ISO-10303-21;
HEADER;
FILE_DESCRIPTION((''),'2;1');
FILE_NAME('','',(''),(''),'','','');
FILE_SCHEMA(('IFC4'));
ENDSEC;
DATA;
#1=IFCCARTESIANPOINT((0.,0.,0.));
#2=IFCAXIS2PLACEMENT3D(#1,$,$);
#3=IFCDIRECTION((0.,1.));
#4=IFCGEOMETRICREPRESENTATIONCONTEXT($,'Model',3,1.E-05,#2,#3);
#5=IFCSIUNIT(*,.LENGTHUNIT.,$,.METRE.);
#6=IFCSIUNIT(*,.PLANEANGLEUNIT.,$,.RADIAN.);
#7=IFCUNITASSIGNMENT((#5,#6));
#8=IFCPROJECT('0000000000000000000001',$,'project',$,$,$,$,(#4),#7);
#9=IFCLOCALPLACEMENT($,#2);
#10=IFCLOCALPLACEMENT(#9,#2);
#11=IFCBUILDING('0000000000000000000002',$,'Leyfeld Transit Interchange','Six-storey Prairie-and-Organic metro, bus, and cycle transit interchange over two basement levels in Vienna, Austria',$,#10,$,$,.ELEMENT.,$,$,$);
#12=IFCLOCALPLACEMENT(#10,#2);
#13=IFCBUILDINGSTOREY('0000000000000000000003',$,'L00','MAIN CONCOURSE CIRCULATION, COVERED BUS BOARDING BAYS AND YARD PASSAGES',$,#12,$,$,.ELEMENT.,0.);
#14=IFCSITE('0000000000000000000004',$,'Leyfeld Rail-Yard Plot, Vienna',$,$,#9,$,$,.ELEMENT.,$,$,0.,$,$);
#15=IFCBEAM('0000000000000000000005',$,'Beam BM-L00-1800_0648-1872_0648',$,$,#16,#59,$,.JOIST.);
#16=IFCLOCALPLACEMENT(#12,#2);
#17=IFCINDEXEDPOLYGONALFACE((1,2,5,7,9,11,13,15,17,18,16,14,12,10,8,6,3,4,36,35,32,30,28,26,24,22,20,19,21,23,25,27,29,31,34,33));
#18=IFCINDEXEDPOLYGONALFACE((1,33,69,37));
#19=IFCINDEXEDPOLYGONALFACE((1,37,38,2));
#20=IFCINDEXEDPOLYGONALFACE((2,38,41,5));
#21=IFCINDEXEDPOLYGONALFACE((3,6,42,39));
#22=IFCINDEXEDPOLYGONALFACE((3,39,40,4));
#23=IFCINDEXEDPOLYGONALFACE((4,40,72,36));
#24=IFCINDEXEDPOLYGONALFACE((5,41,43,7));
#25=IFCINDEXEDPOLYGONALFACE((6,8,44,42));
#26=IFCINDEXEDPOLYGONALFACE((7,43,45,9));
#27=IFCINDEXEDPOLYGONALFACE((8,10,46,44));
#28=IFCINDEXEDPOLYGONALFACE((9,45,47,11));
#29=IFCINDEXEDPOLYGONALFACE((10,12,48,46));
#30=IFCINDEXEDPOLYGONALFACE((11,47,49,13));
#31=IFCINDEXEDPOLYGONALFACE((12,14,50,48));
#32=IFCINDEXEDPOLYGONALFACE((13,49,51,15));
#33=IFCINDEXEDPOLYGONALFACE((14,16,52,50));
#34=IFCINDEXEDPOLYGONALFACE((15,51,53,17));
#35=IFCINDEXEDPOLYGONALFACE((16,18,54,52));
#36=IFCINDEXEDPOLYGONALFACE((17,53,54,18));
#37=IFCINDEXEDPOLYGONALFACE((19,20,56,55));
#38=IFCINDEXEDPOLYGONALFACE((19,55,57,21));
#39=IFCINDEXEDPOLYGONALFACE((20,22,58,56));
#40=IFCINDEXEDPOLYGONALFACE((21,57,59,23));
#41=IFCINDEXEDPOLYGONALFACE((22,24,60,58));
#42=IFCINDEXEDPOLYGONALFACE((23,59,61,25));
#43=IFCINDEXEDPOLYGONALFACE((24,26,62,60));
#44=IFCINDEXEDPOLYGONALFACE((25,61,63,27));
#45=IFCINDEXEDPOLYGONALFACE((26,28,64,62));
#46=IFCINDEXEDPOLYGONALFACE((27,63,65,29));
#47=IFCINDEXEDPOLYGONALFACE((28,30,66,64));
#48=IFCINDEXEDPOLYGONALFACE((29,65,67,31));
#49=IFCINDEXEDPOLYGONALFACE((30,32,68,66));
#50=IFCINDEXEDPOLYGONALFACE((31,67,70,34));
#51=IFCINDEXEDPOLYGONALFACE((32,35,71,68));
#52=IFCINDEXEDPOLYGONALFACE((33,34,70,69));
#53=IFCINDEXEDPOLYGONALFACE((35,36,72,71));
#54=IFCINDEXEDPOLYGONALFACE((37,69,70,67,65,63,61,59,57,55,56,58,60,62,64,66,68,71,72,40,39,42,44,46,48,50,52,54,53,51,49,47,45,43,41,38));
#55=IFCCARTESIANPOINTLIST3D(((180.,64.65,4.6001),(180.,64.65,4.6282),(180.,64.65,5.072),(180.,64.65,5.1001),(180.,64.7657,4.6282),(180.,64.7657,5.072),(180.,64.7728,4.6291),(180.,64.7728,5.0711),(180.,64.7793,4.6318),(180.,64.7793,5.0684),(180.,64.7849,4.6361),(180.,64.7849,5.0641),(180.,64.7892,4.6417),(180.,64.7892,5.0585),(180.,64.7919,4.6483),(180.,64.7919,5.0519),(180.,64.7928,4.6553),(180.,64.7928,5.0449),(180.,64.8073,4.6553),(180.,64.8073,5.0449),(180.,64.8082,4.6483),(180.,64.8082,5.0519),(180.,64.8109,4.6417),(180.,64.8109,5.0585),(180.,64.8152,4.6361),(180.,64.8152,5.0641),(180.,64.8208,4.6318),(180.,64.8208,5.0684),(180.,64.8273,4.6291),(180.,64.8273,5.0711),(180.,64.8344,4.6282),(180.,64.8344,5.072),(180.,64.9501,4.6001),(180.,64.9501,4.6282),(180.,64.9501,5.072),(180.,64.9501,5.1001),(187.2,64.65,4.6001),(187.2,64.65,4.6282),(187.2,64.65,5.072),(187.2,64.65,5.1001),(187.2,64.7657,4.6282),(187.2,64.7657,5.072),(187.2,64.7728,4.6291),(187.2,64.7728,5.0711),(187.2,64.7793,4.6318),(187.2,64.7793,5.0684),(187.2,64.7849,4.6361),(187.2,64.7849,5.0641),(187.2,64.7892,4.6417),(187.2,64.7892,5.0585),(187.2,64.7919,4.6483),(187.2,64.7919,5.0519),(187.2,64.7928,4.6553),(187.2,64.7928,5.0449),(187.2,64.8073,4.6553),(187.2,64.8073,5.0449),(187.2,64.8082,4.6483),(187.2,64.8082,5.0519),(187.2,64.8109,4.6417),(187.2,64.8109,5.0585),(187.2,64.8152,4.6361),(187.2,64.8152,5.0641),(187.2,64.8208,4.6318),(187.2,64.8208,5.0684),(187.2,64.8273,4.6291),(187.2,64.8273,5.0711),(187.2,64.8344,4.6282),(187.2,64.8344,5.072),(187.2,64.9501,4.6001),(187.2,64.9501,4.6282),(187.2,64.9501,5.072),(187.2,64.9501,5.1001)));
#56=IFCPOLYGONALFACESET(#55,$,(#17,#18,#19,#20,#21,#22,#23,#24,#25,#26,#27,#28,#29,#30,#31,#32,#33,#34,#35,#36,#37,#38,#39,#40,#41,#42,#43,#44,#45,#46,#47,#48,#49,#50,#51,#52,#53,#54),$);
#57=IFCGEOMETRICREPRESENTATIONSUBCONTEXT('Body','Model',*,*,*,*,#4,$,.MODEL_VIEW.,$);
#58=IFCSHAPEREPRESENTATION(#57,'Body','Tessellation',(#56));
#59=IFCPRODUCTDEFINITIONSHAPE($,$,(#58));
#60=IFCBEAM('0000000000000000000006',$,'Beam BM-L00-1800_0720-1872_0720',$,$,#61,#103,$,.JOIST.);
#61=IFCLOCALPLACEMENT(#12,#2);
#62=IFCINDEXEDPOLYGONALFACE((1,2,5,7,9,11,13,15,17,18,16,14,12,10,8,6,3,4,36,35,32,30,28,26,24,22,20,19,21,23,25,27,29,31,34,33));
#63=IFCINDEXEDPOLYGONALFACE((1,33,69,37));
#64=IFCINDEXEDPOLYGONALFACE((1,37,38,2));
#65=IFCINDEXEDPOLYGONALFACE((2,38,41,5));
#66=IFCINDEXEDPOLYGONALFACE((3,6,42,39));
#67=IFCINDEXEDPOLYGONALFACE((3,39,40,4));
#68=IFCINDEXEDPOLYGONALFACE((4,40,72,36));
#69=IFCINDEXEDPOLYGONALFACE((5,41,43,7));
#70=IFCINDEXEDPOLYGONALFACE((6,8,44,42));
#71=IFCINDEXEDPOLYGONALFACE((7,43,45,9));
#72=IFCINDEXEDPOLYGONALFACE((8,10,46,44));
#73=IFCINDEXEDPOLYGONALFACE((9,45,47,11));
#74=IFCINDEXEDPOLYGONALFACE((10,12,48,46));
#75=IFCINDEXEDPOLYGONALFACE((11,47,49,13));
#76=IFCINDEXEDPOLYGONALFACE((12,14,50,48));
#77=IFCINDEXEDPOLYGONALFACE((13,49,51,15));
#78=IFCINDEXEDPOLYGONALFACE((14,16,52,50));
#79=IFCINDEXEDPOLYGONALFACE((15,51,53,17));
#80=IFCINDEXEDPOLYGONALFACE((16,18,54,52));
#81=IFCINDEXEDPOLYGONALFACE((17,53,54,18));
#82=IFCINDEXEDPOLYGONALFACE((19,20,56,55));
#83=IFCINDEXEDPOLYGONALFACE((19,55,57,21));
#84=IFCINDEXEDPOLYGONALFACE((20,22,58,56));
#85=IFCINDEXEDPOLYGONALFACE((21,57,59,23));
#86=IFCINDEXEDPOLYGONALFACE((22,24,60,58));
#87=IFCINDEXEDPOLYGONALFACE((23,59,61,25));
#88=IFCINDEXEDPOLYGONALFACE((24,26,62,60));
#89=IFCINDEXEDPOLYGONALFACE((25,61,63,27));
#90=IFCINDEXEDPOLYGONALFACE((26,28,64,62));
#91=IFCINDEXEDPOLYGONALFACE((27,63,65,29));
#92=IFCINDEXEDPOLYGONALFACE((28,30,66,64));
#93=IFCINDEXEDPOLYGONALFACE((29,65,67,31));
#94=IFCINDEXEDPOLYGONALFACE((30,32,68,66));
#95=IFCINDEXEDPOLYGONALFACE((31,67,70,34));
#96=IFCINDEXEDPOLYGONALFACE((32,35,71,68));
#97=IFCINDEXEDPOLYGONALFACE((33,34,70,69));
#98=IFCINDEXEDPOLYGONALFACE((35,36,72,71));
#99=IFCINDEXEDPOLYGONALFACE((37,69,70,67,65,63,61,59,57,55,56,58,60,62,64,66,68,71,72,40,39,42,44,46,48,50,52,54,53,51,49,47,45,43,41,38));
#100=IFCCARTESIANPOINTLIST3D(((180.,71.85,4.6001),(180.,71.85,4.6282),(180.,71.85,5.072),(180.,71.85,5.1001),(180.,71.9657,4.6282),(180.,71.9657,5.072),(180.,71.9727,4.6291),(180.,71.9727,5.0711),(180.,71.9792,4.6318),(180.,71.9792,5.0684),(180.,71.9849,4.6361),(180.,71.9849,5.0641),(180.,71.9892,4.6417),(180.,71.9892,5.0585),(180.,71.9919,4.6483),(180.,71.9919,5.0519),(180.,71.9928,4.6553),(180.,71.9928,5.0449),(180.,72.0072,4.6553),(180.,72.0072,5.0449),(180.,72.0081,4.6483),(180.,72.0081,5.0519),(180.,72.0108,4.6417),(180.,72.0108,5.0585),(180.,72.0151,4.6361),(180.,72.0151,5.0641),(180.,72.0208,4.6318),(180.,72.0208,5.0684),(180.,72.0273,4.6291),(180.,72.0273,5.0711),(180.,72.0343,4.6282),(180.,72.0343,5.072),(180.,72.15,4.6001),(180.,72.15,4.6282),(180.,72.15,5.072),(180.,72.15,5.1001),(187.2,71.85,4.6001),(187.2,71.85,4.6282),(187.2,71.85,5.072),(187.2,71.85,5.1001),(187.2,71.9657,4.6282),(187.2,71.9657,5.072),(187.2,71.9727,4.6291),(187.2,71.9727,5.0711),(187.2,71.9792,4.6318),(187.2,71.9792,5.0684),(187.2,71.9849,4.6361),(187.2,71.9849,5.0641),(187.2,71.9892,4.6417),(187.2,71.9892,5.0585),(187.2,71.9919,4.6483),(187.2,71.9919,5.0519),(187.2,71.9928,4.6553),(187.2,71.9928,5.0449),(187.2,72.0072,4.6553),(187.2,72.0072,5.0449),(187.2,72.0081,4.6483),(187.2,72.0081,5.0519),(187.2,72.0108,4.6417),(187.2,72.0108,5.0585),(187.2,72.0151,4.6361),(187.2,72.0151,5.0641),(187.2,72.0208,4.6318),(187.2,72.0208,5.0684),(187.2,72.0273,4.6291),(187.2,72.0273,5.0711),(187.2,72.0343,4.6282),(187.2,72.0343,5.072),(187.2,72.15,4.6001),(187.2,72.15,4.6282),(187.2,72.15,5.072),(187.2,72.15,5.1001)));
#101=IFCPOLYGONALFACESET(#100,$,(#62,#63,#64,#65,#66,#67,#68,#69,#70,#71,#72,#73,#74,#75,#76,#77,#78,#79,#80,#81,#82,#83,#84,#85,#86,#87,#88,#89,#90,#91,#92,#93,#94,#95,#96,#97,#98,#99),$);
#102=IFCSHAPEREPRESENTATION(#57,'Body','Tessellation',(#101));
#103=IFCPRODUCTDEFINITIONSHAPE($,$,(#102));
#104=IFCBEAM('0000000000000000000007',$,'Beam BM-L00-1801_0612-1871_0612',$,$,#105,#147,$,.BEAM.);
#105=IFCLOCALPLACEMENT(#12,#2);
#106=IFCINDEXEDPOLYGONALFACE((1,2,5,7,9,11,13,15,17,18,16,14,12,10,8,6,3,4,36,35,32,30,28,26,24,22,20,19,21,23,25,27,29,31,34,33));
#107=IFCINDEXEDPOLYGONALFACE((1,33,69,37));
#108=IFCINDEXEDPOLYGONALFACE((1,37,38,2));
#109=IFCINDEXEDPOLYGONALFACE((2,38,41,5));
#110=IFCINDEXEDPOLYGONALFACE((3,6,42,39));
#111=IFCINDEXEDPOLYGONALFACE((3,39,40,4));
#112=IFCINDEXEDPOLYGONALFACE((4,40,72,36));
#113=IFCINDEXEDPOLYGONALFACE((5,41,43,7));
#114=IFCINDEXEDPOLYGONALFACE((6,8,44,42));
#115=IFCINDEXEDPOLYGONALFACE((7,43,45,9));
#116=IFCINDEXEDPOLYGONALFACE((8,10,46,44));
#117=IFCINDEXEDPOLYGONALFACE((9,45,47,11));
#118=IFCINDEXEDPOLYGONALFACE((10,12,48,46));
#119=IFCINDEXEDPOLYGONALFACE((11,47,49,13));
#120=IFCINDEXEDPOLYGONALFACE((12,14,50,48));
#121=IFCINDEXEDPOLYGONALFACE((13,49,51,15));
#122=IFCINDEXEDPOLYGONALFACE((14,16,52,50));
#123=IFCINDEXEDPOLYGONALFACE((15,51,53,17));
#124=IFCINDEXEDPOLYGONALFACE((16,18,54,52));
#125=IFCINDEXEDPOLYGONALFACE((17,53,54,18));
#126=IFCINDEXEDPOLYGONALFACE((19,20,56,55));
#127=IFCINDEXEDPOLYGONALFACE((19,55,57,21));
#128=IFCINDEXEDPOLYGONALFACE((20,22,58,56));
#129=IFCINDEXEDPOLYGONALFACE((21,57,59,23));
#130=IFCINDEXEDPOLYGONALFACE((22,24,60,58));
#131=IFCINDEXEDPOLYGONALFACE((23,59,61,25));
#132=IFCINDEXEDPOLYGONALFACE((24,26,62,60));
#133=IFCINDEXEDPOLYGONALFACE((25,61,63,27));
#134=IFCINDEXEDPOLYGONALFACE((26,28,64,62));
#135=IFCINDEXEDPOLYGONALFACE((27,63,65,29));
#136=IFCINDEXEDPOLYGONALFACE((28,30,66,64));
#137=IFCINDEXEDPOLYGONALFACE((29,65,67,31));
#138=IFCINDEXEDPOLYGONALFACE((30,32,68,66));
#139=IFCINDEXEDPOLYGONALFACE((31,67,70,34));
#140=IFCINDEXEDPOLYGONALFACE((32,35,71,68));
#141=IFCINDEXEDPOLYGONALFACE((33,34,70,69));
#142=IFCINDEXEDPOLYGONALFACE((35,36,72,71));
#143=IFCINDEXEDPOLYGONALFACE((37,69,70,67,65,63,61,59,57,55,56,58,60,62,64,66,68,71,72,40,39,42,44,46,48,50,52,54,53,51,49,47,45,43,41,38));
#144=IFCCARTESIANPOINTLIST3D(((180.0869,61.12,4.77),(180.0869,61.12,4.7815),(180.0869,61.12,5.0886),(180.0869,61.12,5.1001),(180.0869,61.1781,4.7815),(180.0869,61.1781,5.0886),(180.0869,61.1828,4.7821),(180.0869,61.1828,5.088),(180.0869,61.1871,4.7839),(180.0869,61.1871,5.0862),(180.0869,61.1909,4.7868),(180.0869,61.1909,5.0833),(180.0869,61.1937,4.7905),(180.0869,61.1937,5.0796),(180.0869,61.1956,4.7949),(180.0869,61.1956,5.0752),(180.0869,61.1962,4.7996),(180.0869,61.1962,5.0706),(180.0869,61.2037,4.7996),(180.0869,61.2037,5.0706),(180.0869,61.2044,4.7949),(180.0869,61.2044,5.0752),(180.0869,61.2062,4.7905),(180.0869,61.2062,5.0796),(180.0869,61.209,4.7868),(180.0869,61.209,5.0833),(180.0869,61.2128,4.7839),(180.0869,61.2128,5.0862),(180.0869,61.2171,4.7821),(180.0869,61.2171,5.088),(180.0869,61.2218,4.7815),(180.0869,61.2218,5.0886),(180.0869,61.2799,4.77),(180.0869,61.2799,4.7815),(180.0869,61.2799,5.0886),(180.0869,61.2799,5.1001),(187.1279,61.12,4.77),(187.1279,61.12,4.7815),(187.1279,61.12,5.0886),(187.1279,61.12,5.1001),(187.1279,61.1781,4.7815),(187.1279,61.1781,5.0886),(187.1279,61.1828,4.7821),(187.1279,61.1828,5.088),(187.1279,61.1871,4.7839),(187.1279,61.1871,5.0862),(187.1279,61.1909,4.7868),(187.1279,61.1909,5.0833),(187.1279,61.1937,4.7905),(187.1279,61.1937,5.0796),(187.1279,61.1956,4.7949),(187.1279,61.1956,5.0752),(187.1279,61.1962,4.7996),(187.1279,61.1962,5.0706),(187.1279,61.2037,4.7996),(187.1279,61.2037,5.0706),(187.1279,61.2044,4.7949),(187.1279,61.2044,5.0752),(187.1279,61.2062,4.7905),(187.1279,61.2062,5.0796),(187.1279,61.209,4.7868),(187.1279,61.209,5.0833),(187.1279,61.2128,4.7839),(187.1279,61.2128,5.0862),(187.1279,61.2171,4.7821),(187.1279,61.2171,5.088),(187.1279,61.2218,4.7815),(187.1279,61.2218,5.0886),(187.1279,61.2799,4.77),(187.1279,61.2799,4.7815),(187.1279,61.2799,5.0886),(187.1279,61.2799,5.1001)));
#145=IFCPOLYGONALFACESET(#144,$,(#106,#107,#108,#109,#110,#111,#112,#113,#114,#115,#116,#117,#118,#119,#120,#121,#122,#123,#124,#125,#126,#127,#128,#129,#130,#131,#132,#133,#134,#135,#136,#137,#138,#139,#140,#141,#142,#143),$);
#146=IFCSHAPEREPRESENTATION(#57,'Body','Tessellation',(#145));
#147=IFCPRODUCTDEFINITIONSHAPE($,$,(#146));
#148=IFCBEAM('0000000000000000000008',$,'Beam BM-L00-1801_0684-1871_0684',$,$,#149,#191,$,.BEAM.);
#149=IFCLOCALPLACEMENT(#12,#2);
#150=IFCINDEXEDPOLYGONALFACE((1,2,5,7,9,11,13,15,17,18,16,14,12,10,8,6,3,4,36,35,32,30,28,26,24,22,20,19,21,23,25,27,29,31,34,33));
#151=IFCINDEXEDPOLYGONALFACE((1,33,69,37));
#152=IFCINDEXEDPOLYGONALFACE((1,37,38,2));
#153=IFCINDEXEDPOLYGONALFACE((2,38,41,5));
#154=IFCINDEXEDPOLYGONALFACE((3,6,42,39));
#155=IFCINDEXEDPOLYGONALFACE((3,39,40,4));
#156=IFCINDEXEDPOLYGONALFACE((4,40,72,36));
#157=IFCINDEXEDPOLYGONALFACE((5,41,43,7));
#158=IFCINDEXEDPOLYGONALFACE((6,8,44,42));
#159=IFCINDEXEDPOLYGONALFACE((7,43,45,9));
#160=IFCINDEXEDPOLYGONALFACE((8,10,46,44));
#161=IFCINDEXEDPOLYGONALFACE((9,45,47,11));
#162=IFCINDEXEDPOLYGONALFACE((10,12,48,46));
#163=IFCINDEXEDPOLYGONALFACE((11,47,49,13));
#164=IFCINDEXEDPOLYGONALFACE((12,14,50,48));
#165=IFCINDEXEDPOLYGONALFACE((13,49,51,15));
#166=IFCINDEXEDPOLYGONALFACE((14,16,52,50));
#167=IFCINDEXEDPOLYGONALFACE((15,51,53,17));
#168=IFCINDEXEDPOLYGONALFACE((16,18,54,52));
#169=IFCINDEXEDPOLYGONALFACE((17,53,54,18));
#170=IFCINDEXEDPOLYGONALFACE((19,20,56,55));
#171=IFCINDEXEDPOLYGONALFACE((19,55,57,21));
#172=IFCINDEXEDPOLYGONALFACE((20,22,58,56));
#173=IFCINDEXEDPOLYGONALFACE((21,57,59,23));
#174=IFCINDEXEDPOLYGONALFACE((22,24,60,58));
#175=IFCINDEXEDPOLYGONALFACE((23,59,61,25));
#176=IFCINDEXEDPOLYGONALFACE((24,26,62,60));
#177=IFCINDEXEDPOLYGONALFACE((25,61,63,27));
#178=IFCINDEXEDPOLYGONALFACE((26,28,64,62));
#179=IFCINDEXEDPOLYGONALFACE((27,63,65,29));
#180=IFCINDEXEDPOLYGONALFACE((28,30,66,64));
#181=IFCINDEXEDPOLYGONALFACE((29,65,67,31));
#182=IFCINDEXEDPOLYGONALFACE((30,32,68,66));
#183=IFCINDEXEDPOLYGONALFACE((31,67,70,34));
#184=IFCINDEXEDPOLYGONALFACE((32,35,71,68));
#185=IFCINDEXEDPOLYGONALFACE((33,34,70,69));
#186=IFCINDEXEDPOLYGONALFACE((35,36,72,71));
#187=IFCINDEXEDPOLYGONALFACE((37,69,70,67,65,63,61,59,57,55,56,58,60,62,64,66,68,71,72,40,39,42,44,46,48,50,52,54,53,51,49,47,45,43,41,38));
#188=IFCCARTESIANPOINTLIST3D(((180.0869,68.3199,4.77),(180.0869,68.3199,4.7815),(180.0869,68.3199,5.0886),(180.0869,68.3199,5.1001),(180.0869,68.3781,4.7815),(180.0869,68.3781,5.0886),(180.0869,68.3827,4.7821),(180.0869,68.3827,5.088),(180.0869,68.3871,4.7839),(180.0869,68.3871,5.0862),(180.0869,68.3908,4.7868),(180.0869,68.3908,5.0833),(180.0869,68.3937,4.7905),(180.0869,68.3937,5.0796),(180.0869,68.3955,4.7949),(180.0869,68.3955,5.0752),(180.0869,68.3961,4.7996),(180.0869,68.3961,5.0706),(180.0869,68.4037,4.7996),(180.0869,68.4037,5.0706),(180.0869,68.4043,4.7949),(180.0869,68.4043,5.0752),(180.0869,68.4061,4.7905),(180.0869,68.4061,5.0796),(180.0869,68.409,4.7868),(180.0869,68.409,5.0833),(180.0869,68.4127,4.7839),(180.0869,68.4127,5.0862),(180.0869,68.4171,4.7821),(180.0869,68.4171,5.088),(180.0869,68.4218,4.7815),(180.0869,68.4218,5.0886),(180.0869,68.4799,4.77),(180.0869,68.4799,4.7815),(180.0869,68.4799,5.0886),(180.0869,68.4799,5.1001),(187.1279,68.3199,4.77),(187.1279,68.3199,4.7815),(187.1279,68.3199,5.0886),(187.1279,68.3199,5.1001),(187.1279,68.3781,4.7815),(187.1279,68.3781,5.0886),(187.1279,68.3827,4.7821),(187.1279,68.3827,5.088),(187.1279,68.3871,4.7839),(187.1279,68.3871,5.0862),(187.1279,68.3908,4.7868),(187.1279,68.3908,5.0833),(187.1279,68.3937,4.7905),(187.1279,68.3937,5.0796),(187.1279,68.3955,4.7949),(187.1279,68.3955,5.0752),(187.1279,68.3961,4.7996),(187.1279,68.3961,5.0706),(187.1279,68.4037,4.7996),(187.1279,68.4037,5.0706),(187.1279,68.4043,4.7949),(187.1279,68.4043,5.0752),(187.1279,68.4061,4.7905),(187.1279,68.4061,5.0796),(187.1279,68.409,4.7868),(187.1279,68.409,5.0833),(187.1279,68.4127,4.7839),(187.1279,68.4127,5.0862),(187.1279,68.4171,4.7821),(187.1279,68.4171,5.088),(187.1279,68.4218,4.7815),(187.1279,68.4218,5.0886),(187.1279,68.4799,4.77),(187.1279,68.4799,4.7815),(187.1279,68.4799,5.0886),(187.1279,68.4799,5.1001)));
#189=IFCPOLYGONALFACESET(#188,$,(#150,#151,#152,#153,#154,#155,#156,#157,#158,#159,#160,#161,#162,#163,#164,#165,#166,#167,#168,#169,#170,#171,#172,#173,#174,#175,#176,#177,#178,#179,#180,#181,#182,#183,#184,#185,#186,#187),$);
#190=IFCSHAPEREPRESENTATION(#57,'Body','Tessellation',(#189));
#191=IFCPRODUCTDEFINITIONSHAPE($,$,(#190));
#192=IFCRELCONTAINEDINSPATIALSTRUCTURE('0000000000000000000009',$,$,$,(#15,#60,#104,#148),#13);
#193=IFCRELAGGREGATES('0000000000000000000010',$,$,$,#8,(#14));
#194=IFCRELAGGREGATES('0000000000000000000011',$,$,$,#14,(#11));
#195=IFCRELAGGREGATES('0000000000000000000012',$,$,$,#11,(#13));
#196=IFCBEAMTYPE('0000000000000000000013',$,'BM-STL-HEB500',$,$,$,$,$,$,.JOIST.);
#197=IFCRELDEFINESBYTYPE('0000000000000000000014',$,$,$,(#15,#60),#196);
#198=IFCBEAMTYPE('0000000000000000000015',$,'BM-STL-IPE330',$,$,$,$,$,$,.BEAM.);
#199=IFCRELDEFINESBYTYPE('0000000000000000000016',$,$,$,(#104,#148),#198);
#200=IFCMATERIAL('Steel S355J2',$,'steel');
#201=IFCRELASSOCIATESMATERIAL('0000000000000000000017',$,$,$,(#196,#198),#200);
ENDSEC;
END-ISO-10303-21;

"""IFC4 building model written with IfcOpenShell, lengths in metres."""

from ifc_helpers import new_model, si_unit, direction, frame, origin, origin_2d, place, context, subcontext, project, spatial, i_section, extrude, material, material_profile, profile_set, type_object, element, save


model = new_model("IFC4")

# Units and contexts
model_context = context("Model", 3, precision=1e-05, world=origin(), true_north=direction((0.0, 1.0)))
body_context = subcontext(model_context, "Body", "Model", "MODEL_VIEW")
ifc_project = project(units=[si_unit("LENGTHUNIT", "METRE"), si_unit("PLANEANGLEUNIT", "RADIAN")], contexts=[model_context])

# Site, building, storey
site_placement = place(None, origin())
site = spatial("IfcSite", under=ifc_project, at=site_placement, Name="Leyfeld Rail-Yard Plot, Vienna", CompositionType="ELEMENT", RefElevation=0.0)
building_placement = place(site_placement, origin())
building = spatial("IfcBuilding", under=site, at=building_placement, Name="Leyfeld Transit Interchange", Description="Six-storey Prairie-and-Organic metro, bus, and cycle transit interchange over two basement levels in Vienna, Austria", CompositionType="ELEMENT")
storey_placement = place(building_placement, origin())
storey = spatial("IfcBuildingStorey", under=building, at=storey_placement, Name="L00", Description="MAIN CONCOURSE CIRCULATION, COVERED BUS BOARDING BAYS AND YARD PASSAGES", CompositionType="ELEMENT", Elevation=0.0)

# Beams
ifc_material_1 = material(Name="Steel S355J2", Category="steel")
ifc_material_profile_1 = material_profile(ifc_material_1, i_section(OverallWidth=0.3, OverallDepth=0.5, WebThickness=0.0144, FlangeThickness=0.0281, FilletRadius=0.0271, at=origin_2d()), Name="HEB 500")
ifc_profile_set_1 = profile_set([ifc_material_profile_1], Name="Steel S355J2")
beam_type_1 = type_object("IfcBeamType", Name="BM-STL-HEB500", PredefinedType="JOIST", material=ifc_profile_set_1)
for number, where, z_axis, x_axis, name in (
    (1, (180.0, 64.8, 4.8501), (1.0, 0.0, 0.0), (0.0, 1.0, 0.0), "Beam BM-L00-1800_0648-1872_0648"),
    (2, (180.0, 72.0, 4.8501), (1.0, 0.0, 0.0), (0.0, 1.0, 0.0), "Beam BM-L00-1800_0720-1872_0720"),
):
    element("IfcBeam", number, at=place(storey_placement, frame(where, z_axis=z_axis, x_axis=x_axis)), inside=storey, type_object=beam_type_1, Name=name, PredefinedType="JOIST", context=body_context, shape_type="SweptSolid", body=[
        extrude(i_section(OverallWidth=0.3, OverallDepth=0.5, WebThickness=0.0144, FlangeThickness=0.0281, FilletRadius=0.0271, at=origin_2d()), origin(), (0.0, 0.0, 1.0), 7.2),
    ])
ifc_material_profile_2 = material_profile(ifc_material_1, i_section(OverallWidth=0.1599, OverallDepth=0.3301, WebThickness=0.0076, FlangeThickness=0.0115, FilletRadius=0.0181, at=origin_2d()), Name="IPE 330")
ifc_profile_set_2 = profile_set([ifc_material_profile_2], Name="Steel S355J2")
beam_type_2 = type_object("IfcBeamType", Name="BM-STL-IPE330", PredefinedType="BEAM", material=ifc_profile_set_2)
for number, where, z_axis, x_axis, name in (
    (3, (180.0869, 61.2, 4.9351), (1.0, 0.0, 0.0), (0.0, 1.0, 0.0), "Beam BM-L00-1801_0612-1871_0612"),
    (4, (180.0869, 68.3999, 4.9351), (1.0, 0.0, 0.0), (0.0, 1.0, 0.0), "Beam BM-L00-1801_0684-1871_0684"),
):
    element("IfcBeam", number, at=place(storey_placement, frame(where, z_axis=z_axis, x_axis=x_axis)), inside=storey, type_object=beam_type_2, Name=name, PredefinedType="BEAM", context=body_context, shape_type="SweptSolid", body=[
        extrude(i_section(OverallWidth=0.1599, OverallDepth=0.3301, WebThickness=0.0076, FlangeThickness=0.0115, FilletRadius=0.0181, at=origin_2d()), origin(), (0.0, 0.0, 1.0), 7.041),
    ])

save(model, "model.ifc")
